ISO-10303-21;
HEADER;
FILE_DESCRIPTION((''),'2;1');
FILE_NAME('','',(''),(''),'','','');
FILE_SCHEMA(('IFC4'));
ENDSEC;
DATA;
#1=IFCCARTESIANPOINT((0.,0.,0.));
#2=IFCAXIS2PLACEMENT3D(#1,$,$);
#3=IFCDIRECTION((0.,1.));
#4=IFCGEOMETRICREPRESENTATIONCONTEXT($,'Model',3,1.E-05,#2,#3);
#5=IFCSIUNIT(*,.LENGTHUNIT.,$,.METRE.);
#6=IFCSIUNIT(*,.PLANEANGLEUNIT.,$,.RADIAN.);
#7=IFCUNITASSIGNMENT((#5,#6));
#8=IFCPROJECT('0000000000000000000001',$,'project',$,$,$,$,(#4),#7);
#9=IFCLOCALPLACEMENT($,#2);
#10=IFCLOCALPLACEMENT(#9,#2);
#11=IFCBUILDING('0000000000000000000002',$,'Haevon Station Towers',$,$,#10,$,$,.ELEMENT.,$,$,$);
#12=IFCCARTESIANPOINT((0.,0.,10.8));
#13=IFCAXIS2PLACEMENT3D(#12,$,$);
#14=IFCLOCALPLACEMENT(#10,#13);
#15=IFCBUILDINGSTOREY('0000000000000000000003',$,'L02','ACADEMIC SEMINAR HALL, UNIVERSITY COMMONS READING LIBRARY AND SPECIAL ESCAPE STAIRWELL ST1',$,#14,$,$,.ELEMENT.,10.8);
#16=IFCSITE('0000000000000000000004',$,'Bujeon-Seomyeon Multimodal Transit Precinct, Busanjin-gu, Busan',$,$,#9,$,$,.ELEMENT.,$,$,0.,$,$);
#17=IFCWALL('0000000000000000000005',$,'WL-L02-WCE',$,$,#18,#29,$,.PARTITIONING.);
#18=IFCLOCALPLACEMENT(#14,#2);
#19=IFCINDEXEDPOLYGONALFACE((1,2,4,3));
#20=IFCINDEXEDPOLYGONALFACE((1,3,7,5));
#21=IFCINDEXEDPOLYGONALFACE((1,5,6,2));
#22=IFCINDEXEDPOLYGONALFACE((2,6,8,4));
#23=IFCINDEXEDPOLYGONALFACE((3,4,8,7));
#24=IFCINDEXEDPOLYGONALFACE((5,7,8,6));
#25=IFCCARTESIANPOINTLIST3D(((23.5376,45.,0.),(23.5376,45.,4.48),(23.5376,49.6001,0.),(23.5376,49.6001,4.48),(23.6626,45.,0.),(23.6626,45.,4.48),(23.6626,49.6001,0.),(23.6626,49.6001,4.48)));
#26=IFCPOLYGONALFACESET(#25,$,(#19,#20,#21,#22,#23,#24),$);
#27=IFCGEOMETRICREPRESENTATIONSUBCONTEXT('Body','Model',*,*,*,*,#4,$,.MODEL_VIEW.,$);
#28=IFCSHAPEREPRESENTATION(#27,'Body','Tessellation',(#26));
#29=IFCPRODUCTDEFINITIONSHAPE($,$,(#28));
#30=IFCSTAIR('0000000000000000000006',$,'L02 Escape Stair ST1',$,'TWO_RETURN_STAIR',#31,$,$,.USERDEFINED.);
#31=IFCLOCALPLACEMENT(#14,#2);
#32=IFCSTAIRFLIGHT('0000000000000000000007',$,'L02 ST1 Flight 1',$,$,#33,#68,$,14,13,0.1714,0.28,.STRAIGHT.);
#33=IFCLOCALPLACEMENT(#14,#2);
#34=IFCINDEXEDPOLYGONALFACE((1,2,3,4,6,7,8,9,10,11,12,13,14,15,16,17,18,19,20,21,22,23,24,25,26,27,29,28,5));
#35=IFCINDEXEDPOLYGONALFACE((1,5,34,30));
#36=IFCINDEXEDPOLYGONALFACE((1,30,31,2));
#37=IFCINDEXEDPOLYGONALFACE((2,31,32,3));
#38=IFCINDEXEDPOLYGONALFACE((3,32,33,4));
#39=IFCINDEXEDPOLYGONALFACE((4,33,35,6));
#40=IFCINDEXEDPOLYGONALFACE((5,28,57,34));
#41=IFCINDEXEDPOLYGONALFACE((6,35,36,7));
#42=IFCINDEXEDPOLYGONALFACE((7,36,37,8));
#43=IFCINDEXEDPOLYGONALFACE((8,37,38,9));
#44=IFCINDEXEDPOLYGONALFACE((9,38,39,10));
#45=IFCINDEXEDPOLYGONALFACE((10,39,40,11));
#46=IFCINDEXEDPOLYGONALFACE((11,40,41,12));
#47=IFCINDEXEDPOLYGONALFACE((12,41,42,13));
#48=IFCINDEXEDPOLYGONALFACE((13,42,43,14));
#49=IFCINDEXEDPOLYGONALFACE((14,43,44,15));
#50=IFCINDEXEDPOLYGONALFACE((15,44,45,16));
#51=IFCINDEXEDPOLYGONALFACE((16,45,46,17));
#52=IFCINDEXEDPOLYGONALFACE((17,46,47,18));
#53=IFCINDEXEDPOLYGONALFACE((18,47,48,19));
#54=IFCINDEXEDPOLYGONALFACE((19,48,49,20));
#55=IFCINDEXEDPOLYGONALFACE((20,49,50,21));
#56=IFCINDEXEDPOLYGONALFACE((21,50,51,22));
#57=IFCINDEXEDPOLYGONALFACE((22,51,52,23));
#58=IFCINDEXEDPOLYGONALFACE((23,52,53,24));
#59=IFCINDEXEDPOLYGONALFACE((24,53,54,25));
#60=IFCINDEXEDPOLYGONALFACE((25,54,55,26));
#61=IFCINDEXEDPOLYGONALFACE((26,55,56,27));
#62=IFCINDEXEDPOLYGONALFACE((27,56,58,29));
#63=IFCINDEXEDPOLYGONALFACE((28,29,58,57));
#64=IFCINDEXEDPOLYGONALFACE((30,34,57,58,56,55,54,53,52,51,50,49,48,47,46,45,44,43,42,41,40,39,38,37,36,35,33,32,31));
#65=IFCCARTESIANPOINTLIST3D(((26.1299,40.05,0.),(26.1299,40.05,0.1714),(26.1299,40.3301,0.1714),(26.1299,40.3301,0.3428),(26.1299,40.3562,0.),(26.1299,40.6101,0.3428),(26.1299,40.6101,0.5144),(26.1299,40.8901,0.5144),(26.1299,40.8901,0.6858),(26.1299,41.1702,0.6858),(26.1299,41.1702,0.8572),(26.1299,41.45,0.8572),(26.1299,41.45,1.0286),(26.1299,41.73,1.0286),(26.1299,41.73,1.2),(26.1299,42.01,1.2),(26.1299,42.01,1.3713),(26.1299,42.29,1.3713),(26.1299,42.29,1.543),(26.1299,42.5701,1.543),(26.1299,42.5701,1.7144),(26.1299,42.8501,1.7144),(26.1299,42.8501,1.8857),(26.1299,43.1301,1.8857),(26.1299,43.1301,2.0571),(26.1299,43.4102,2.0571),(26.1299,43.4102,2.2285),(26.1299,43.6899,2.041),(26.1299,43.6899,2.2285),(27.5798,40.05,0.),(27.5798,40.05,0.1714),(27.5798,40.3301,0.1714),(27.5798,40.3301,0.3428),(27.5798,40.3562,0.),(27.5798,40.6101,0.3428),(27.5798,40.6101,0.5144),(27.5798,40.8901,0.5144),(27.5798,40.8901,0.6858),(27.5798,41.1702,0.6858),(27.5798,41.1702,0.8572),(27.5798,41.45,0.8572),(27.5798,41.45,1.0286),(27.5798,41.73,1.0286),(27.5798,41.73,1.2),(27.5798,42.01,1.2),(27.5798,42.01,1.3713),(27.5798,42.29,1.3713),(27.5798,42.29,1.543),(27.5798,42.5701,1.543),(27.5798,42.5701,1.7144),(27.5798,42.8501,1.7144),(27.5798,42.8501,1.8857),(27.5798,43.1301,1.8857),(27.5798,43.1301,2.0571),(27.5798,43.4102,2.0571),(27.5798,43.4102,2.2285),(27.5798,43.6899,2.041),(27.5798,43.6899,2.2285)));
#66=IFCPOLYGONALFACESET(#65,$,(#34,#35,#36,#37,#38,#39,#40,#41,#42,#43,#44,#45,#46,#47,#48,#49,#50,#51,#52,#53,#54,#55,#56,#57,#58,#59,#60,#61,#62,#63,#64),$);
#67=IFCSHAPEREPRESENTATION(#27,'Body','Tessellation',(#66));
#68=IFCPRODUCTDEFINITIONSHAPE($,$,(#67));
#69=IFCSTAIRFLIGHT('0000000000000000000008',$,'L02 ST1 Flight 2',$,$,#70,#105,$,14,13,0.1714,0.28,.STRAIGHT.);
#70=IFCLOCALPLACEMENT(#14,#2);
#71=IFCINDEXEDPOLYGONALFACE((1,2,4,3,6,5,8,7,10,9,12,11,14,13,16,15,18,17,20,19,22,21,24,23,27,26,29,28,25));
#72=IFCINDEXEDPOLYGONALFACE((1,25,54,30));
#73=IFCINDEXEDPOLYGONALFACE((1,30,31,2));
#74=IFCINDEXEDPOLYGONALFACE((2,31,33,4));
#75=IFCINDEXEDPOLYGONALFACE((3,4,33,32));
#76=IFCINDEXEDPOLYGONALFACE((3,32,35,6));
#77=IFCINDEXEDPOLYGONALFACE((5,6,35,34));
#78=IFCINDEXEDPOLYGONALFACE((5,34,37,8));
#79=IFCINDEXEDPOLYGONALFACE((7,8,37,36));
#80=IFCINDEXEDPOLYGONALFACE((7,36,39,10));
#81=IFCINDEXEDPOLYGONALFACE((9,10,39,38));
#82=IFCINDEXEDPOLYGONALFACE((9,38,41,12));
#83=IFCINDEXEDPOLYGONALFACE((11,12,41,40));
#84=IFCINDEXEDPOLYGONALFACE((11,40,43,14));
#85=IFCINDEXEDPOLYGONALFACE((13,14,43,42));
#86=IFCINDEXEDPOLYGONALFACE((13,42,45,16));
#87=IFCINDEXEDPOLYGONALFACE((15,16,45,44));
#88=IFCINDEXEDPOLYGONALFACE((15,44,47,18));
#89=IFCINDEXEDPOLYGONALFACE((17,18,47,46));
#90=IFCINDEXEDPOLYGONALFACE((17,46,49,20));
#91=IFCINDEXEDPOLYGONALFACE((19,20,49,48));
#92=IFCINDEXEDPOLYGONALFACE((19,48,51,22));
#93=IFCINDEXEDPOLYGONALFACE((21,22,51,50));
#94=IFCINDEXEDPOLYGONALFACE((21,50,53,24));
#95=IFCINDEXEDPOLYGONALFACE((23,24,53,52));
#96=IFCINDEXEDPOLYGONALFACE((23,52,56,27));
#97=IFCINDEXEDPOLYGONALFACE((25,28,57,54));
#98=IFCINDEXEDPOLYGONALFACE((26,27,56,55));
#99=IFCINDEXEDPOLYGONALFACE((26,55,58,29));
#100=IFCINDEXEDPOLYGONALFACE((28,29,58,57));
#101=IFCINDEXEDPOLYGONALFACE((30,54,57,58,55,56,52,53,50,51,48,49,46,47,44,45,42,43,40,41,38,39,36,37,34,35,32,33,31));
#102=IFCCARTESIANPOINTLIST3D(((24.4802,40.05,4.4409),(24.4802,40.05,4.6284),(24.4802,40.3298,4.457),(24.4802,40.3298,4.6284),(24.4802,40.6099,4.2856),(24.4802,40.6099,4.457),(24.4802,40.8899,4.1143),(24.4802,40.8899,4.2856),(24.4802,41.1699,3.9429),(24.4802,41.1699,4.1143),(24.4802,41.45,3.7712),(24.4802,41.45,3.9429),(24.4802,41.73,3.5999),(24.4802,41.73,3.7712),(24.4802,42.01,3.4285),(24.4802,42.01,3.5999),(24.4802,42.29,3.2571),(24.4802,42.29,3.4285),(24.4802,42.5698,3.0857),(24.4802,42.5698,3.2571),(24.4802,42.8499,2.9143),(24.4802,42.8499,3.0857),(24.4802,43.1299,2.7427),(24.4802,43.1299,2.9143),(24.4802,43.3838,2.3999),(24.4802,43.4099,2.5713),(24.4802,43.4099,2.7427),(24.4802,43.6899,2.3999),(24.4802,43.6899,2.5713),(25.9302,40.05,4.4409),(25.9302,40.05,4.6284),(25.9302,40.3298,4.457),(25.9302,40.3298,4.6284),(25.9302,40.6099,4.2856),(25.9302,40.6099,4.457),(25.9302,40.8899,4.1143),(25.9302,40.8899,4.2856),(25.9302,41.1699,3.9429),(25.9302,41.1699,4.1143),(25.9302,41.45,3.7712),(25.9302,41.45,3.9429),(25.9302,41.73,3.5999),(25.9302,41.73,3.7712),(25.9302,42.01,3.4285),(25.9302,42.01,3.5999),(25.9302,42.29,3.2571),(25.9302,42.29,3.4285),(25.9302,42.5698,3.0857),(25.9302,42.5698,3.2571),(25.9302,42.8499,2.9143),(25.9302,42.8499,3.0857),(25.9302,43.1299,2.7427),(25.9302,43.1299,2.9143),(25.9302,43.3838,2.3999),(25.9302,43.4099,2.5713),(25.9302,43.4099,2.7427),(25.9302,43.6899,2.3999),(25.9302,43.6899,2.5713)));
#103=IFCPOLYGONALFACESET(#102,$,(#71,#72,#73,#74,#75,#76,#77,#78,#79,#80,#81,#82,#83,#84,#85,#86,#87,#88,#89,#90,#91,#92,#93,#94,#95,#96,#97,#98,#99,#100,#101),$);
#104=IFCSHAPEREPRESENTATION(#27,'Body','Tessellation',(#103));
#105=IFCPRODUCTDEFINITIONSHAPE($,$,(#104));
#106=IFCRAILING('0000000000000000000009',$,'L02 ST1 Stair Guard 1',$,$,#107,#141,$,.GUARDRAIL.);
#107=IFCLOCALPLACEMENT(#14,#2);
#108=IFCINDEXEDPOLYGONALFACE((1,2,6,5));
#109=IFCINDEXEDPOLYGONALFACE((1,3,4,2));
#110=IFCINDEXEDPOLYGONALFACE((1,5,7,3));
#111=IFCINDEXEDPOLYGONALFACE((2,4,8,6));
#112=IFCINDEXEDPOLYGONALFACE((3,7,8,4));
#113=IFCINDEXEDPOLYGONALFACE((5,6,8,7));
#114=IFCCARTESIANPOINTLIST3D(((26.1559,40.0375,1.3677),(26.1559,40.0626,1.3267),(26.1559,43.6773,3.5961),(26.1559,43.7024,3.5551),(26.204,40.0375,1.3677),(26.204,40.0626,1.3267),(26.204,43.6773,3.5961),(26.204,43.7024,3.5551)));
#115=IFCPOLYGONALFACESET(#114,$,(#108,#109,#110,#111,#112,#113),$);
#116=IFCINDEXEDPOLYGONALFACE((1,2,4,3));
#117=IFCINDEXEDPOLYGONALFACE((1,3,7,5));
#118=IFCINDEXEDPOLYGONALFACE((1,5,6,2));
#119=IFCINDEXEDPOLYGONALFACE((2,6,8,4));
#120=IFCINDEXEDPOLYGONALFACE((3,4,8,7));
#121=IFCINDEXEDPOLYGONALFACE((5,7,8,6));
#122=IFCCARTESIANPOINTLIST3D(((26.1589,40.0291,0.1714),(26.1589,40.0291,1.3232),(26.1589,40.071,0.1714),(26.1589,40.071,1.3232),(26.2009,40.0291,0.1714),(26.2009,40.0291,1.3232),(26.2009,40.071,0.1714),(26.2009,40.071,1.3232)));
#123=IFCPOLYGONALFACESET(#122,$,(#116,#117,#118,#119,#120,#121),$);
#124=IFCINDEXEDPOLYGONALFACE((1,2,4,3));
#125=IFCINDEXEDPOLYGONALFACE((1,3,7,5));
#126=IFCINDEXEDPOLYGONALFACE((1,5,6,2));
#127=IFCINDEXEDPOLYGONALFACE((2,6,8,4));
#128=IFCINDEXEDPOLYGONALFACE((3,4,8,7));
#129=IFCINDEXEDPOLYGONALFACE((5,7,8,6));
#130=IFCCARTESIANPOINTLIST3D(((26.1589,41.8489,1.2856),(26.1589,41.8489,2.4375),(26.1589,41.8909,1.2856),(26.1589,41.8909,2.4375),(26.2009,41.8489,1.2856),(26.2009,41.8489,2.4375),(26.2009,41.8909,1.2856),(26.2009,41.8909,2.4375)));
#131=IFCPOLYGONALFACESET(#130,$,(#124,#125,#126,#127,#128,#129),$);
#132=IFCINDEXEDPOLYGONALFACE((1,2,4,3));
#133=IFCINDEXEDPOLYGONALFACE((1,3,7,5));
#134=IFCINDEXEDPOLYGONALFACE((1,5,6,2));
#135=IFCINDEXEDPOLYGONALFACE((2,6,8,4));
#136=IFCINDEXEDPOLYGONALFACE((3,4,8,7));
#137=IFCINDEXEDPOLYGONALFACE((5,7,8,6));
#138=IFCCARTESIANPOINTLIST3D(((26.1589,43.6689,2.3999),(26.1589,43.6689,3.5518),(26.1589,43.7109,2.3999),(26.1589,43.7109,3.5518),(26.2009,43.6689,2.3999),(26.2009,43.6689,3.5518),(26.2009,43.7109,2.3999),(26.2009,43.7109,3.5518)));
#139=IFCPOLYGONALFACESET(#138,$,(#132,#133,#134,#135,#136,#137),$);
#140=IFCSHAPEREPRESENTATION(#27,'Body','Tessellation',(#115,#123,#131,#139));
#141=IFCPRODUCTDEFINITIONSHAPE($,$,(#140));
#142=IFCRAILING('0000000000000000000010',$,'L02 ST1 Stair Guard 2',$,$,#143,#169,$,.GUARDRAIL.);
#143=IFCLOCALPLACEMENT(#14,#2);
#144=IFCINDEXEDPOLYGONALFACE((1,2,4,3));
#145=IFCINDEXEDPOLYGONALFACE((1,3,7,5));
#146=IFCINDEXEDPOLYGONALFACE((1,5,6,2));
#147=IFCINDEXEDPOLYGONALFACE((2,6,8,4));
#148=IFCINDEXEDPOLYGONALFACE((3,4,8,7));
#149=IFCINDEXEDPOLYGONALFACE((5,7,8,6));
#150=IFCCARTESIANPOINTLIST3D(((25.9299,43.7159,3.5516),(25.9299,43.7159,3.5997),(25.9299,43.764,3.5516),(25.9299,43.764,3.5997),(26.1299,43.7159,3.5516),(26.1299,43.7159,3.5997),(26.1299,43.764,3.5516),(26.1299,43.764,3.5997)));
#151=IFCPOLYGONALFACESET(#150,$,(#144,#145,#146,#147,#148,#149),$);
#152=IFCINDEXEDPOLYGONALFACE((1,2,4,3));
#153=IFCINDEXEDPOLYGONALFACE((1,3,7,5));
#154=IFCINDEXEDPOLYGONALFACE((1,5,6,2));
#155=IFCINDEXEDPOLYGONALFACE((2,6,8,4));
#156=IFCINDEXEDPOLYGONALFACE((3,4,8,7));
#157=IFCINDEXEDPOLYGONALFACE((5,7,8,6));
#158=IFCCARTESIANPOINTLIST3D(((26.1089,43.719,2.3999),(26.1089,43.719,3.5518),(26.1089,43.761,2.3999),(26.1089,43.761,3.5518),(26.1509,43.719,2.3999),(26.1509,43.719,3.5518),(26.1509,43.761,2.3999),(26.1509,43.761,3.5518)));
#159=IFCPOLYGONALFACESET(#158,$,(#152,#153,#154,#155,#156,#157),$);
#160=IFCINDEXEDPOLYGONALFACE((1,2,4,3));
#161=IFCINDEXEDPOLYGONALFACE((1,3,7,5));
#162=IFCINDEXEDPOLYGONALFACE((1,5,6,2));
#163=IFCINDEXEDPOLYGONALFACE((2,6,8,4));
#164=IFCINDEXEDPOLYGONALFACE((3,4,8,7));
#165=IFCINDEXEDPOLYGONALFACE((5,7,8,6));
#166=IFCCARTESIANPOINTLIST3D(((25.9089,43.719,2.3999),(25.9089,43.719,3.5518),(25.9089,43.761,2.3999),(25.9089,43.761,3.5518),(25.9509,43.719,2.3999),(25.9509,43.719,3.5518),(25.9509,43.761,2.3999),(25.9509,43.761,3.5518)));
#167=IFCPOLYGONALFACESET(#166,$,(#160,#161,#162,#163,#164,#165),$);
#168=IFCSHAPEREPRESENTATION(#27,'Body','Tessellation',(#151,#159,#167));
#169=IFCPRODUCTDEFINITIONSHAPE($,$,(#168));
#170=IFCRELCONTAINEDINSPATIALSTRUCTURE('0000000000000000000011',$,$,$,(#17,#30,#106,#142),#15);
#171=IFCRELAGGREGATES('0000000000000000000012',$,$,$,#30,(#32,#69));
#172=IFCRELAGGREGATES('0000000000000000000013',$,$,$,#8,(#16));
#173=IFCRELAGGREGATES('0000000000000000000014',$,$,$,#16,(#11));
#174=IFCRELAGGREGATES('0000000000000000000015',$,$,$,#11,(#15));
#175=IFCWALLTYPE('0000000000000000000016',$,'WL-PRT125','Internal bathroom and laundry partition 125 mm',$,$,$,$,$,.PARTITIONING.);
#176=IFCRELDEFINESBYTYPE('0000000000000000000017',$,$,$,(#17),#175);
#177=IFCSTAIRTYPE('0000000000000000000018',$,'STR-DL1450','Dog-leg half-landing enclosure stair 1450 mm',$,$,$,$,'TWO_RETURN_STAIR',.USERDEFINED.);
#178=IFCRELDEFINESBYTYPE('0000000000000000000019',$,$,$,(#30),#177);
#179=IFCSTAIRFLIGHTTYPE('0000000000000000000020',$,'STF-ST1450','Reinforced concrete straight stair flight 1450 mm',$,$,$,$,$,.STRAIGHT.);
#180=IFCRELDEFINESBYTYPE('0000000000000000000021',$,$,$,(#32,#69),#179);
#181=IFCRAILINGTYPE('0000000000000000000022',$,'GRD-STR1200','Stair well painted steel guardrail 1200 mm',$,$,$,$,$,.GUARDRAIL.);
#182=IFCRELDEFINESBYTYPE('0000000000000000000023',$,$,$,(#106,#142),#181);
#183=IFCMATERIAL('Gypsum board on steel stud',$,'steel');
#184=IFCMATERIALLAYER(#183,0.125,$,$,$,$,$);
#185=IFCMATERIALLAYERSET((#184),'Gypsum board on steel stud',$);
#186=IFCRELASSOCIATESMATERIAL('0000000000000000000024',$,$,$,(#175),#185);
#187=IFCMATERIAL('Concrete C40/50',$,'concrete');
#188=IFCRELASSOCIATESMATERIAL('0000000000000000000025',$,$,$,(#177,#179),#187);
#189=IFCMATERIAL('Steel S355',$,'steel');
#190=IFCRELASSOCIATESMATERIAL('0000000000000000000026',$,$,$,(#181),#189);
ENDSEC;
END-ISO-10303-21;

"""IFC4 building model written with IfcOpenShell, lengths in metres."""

from ifc_helpers import new_model, si_unit, direction, frame, frame_2d, origin, origin_2d, place, context, subcontext, project, spatial, polyline, rectangle, outline, extrude, material, layer, layer_set, type_object, element, aggregate, save


model = new_model("IFC4")

# Units and contexts
model_context = context("Model", 3, precision=1e-05, world=origin(), true_north=direction((0.0, 1.0)))
body_context = subcontext(model_context, "Body", "Model", "MODEL_VIEW")
ifc_project = project(units=[si_unit("LENGTHUNIT", "METRE"), si_unit("PLANEANGLEUNIT", "RADIAN")], contexts=[model_context])

# Site, building, storey
site_placement = place(None, origin())
site = spatial("IfcSite", under=ifc_project, at=site_placement, Name="Bujeon-Seomyeon Multimodal Transit Precinct, Busanjin-gu, Busan", CompositionType="ELEMENT", RefElevation=0.0)
building_placement = place(site_placement, origin())
building = spatial("IfcBuilding", under=site, at=building_placement, Name="Haevon Station Towers", CompositionType="ELEMENT")
storey_placement = place(building_placement, frame((0.0, 0.0, 10.8)))
storey = spatial("IfcBuildingStorey", under=building, at=storey_placement, Name="L02", Description="ACADEMIC SEMINAR HALL, UNIVERSITY COMMONS READING LIBRARY AND SPECIAL ESCAPE STAIRWELL ST1", CompositionType="ELEMENT", Elevation=10.8)

# Shared definitions
ifc_material_1 = material(Name="Steel S355", Category="steel")

# Wall
ifc_material_2 = material(Name="Gypsum board on steel stud", Category="steel")
ifc_layer_1 = layer(ifc_material_2, 0.125)
ifc_layer_set_1 = layer_set([ifc_layer_1], Name="Gypsum board on steel stud")
wall_type_1 = type_object("IfcWallType", Name="WL-PRT125", Description="Internal bathroom and laundry partition 125 mm", PredefinedType="PARTITIONING", material=ifc_layer_set_1)
wall_1_placement = place(storey_placement, frame((23.6001, 45.0, 0.0), z_axis=(0.0, 0.0, 1.0), x_axis=(0.0, 1.0, 0.0)))
element("IfcWall", 1, at=wall_1_placement, inside=storey, type_object=wall_type_1, Name="WL-L02-WCE", PredefinedType="PARTITIONING", context=body_context, shape_type="SweptSolid", body=[
    extrude(rectangle(XDim=4.6001, YDim=0.125, at=frame_2d((2.3, 0.0))), origin(), (0.0, 0.0, 1.0), 4.48),
])

# Shared definitions
ifc_material_3 = material(Name="Concrete C40/50", Category="concrete")

# Stair, stair flights
stair_type = type_object("IfcStairType", Name="STR-DL1450", Description="Dog-leg half-landing enclosure stair 1450 mm", ElementType="TWO_RETURN_STAIR", PredefinedType="USERDEFINED", material=ifc_material_3)
stair_placement = place(storey_placement, origin())
stair = element("IfcStair", 2, at=stair_placement, inside=storey, type_object=stair_type, Name="L02 Escape Stair ST1", ObjectType="TWO_RETURN_STAIR", PredefinedType="USERDEFINED")
stair_flight_type = type_object("IfcStairFlightType", Name="STF-ST1450", Description="Reinforced concrete straight stair flight 1450 mm", PredefinedType="STRAIGHT", material=ifc_material_3)
stair_flight_1_placement = place(storey_placement, frame((26.855, 40.05, 0.0), z_axis=(0.0, 0.0, 1.0), x_axis=(0.0, 1.0, 0.0)))
stair_flight_1 = element("IfcStairFlight", 3, at=stair_flight_1_placement, type_object=stair_flight_type, Name="L02 ST1 Flight 1", NumberOfRisers=14, NumberOfTreads=13, PredefinedType="STRAIGHT", RiserHeight=0.1714, TreadLength=0.28, context=body_context, shape_type="SweptSolid", body=[
    extrude(outline(polyline([(0.0, 0.0), (0.0, 0.1714), (0.28, 0.1714), (0.28, 0.3428), (0.5601, 0.3428), (0.5601, 0.5144), (0.8401, 0.5144), (0.8401, 0.6858), (1.1201, 0.6858), (1.1201, 0.8572), (1.3999, 0.8572), (1.3999, 1.0286), (1.6799, 1.0286), (1.6799, 1.2), (1.96, 1.2), (1.96, 1.3713), (2.24, 1.3713), (2.24, 1.543), (2.52, 1.543), (2.52, 1.7144), (2.8, 1.7144), (2.8, 1.8857), (3.0801, 1.8857), (3.0801, 2.0571), (3.3601, 2.0571), (3.3601, 2.2285), (3.6399, 2.2285), (3.6399, 2.3999), (3.6399, 2.041), (0.3062, 0.0), (0.0, 0.0)])), frame((0.0, 0.7251, 0.0), z_axis=(0.0, -1.0, 0.0), x_axis=(1.0, 0.0, 0.0)), (0.0, 0.0, 1.0), 1.45),
])
stair_flight_2_placement = place(storey_placement, frame((25.2051, 43.6899, 2.3999), z_axis=(0.0, 0.0, 1.0), x_axis=(0.0, -1.0, 0.0)))
stair_flight_2 = element("IfcStairFlight", 4, at=stair_flight_2_placement, type_object=stair_flight_type, Name="L02 ST1 Flight 2", NumberOfRisers=14, NumberOfTreads=13, PredefinedType="STRAIGHT", RiserHeight=0.1714, TreadLength=0.28, context=body_context, shape_type="SweptSolid", body=[
    extrude(outline(polyline([(0.0, 0.0), (0.0, 0.1714), (0.28, 0.1714), (0.28, 0.3428), (0.5601, 0.3428), (0.5601, 0.5144), (0.8401, 0.5144), (0.8401, 0.6858), (1.1201, 0.6858), (1.1201, 0.8572), (1.3999, 0.8572), (1.3999, 1.0286), (1.6799, 1.0286), (1.6799, 1.2), (1.96, 1.2), (1.96, 1.3713), (2.24, 1.3713), (2.24, 1.543), (2.52, 1.543), (2.52, 1.7144), (2.8, 1.7144), (2.8, 1.8857), (3.0801, 1.8857), (3.0801, 2.0571), (3.3601, 2.0571), (3.3601, 2.2285), (3.6399, 2.2285), (3.6399, 2.3999), (3.6399, 2.041), (0.3062, 0.0), (0.0, 0.0)])), frame((0.0, 0.7251, 0.0), z_axis=(0.0, -1.0, 0.0), x_axis=(1.0, 0.0, 0.0)), (0.0, 0.0, 1.0), 1.45),
])
aggregate(stair, [stair_flight_1, stair_flight_2])

# Railings
railing_type_1 = type_object("IfcRailingType", Name="GRD-STR1200", Description="Stair well painted steel guardrail 1200 mm", PredefinedType="GUARDRAIL", material=ifc_material_1)
railing_1_placement = place(storey_placement, frame((26.1799, 40.05, 0.1714)))
element("IfcRailing", 5, at=railing_1_placement, inside=storey, type_object=railing_type_1, Name="L02 ST1 Stair Guard 1", PredefinedType="GUARDRAIL", context=body_context, shape_type="SweptSolid", body=[
    extrude(rectangle(XDim=0.0481, YDim=0.0481, at=origin_2d()), frame((0.0, 0.0, 1.1758), z_axis=(0.0, 0.85285, 0.522156), x_axis=(-1.0, 0.0, 0.0)), (0.0, 0.0, 1.0), 4.2678),
    extrude(rectangle(XDim=0.042, YDim=0.042, at=origin_2d()), origin(), (0.0, 0.0, 1.0), 1.1519),
    extrude(rectangle(XDim=0.042, YDim=0.042, at=origin_2d()), frame((0.0, 1.8198, 1.1143)), (0.0, 0.0, 1.0), 1.1519),
    extrude(rectangle(XDim=0.042, YDim=0.042, at=origin_2d()), frame((0.0, 3.6399, 2.2285)), (0.0, 0.0, 1.0), 1.1519),
])
railing_2_placement = place(storey_placement, frame((26.1299, 43.74, 2.3999)))
element("IfcRailing", 6, at=railing_2_placement, inside=storey, type_object=railing_type_1, Name="L02 ST1 Stair Guard 2", PredefinedType="GUARDRAIL", context=body_context, shape_type="SweptSolid", body=[
    extrude(rectangle(XDim=0.0481, YDim=0.0481, at=origin_2d()), frame((0.0, 0.0, 1.1758), z_axis=(-1.0, 0.0, 0.0), x_axis=(0.0, -1.0, 0.0)), (0.0, 0.0, 1.0), 0.2),
    extrude(rectangle(XDim=0.042, YDim=0.042, at=origin_2d()), origin(), (0.0, 0.0, 1.0), 1.1519),
    extrude(rectangle(XDim=0.042, YDim=0.042, at=origin_2d()), frame((-0.2, 0.0, 0.0)), (0.0, 0.0, 1.0), 1.1519),
])

save(model, "model.ifc")
